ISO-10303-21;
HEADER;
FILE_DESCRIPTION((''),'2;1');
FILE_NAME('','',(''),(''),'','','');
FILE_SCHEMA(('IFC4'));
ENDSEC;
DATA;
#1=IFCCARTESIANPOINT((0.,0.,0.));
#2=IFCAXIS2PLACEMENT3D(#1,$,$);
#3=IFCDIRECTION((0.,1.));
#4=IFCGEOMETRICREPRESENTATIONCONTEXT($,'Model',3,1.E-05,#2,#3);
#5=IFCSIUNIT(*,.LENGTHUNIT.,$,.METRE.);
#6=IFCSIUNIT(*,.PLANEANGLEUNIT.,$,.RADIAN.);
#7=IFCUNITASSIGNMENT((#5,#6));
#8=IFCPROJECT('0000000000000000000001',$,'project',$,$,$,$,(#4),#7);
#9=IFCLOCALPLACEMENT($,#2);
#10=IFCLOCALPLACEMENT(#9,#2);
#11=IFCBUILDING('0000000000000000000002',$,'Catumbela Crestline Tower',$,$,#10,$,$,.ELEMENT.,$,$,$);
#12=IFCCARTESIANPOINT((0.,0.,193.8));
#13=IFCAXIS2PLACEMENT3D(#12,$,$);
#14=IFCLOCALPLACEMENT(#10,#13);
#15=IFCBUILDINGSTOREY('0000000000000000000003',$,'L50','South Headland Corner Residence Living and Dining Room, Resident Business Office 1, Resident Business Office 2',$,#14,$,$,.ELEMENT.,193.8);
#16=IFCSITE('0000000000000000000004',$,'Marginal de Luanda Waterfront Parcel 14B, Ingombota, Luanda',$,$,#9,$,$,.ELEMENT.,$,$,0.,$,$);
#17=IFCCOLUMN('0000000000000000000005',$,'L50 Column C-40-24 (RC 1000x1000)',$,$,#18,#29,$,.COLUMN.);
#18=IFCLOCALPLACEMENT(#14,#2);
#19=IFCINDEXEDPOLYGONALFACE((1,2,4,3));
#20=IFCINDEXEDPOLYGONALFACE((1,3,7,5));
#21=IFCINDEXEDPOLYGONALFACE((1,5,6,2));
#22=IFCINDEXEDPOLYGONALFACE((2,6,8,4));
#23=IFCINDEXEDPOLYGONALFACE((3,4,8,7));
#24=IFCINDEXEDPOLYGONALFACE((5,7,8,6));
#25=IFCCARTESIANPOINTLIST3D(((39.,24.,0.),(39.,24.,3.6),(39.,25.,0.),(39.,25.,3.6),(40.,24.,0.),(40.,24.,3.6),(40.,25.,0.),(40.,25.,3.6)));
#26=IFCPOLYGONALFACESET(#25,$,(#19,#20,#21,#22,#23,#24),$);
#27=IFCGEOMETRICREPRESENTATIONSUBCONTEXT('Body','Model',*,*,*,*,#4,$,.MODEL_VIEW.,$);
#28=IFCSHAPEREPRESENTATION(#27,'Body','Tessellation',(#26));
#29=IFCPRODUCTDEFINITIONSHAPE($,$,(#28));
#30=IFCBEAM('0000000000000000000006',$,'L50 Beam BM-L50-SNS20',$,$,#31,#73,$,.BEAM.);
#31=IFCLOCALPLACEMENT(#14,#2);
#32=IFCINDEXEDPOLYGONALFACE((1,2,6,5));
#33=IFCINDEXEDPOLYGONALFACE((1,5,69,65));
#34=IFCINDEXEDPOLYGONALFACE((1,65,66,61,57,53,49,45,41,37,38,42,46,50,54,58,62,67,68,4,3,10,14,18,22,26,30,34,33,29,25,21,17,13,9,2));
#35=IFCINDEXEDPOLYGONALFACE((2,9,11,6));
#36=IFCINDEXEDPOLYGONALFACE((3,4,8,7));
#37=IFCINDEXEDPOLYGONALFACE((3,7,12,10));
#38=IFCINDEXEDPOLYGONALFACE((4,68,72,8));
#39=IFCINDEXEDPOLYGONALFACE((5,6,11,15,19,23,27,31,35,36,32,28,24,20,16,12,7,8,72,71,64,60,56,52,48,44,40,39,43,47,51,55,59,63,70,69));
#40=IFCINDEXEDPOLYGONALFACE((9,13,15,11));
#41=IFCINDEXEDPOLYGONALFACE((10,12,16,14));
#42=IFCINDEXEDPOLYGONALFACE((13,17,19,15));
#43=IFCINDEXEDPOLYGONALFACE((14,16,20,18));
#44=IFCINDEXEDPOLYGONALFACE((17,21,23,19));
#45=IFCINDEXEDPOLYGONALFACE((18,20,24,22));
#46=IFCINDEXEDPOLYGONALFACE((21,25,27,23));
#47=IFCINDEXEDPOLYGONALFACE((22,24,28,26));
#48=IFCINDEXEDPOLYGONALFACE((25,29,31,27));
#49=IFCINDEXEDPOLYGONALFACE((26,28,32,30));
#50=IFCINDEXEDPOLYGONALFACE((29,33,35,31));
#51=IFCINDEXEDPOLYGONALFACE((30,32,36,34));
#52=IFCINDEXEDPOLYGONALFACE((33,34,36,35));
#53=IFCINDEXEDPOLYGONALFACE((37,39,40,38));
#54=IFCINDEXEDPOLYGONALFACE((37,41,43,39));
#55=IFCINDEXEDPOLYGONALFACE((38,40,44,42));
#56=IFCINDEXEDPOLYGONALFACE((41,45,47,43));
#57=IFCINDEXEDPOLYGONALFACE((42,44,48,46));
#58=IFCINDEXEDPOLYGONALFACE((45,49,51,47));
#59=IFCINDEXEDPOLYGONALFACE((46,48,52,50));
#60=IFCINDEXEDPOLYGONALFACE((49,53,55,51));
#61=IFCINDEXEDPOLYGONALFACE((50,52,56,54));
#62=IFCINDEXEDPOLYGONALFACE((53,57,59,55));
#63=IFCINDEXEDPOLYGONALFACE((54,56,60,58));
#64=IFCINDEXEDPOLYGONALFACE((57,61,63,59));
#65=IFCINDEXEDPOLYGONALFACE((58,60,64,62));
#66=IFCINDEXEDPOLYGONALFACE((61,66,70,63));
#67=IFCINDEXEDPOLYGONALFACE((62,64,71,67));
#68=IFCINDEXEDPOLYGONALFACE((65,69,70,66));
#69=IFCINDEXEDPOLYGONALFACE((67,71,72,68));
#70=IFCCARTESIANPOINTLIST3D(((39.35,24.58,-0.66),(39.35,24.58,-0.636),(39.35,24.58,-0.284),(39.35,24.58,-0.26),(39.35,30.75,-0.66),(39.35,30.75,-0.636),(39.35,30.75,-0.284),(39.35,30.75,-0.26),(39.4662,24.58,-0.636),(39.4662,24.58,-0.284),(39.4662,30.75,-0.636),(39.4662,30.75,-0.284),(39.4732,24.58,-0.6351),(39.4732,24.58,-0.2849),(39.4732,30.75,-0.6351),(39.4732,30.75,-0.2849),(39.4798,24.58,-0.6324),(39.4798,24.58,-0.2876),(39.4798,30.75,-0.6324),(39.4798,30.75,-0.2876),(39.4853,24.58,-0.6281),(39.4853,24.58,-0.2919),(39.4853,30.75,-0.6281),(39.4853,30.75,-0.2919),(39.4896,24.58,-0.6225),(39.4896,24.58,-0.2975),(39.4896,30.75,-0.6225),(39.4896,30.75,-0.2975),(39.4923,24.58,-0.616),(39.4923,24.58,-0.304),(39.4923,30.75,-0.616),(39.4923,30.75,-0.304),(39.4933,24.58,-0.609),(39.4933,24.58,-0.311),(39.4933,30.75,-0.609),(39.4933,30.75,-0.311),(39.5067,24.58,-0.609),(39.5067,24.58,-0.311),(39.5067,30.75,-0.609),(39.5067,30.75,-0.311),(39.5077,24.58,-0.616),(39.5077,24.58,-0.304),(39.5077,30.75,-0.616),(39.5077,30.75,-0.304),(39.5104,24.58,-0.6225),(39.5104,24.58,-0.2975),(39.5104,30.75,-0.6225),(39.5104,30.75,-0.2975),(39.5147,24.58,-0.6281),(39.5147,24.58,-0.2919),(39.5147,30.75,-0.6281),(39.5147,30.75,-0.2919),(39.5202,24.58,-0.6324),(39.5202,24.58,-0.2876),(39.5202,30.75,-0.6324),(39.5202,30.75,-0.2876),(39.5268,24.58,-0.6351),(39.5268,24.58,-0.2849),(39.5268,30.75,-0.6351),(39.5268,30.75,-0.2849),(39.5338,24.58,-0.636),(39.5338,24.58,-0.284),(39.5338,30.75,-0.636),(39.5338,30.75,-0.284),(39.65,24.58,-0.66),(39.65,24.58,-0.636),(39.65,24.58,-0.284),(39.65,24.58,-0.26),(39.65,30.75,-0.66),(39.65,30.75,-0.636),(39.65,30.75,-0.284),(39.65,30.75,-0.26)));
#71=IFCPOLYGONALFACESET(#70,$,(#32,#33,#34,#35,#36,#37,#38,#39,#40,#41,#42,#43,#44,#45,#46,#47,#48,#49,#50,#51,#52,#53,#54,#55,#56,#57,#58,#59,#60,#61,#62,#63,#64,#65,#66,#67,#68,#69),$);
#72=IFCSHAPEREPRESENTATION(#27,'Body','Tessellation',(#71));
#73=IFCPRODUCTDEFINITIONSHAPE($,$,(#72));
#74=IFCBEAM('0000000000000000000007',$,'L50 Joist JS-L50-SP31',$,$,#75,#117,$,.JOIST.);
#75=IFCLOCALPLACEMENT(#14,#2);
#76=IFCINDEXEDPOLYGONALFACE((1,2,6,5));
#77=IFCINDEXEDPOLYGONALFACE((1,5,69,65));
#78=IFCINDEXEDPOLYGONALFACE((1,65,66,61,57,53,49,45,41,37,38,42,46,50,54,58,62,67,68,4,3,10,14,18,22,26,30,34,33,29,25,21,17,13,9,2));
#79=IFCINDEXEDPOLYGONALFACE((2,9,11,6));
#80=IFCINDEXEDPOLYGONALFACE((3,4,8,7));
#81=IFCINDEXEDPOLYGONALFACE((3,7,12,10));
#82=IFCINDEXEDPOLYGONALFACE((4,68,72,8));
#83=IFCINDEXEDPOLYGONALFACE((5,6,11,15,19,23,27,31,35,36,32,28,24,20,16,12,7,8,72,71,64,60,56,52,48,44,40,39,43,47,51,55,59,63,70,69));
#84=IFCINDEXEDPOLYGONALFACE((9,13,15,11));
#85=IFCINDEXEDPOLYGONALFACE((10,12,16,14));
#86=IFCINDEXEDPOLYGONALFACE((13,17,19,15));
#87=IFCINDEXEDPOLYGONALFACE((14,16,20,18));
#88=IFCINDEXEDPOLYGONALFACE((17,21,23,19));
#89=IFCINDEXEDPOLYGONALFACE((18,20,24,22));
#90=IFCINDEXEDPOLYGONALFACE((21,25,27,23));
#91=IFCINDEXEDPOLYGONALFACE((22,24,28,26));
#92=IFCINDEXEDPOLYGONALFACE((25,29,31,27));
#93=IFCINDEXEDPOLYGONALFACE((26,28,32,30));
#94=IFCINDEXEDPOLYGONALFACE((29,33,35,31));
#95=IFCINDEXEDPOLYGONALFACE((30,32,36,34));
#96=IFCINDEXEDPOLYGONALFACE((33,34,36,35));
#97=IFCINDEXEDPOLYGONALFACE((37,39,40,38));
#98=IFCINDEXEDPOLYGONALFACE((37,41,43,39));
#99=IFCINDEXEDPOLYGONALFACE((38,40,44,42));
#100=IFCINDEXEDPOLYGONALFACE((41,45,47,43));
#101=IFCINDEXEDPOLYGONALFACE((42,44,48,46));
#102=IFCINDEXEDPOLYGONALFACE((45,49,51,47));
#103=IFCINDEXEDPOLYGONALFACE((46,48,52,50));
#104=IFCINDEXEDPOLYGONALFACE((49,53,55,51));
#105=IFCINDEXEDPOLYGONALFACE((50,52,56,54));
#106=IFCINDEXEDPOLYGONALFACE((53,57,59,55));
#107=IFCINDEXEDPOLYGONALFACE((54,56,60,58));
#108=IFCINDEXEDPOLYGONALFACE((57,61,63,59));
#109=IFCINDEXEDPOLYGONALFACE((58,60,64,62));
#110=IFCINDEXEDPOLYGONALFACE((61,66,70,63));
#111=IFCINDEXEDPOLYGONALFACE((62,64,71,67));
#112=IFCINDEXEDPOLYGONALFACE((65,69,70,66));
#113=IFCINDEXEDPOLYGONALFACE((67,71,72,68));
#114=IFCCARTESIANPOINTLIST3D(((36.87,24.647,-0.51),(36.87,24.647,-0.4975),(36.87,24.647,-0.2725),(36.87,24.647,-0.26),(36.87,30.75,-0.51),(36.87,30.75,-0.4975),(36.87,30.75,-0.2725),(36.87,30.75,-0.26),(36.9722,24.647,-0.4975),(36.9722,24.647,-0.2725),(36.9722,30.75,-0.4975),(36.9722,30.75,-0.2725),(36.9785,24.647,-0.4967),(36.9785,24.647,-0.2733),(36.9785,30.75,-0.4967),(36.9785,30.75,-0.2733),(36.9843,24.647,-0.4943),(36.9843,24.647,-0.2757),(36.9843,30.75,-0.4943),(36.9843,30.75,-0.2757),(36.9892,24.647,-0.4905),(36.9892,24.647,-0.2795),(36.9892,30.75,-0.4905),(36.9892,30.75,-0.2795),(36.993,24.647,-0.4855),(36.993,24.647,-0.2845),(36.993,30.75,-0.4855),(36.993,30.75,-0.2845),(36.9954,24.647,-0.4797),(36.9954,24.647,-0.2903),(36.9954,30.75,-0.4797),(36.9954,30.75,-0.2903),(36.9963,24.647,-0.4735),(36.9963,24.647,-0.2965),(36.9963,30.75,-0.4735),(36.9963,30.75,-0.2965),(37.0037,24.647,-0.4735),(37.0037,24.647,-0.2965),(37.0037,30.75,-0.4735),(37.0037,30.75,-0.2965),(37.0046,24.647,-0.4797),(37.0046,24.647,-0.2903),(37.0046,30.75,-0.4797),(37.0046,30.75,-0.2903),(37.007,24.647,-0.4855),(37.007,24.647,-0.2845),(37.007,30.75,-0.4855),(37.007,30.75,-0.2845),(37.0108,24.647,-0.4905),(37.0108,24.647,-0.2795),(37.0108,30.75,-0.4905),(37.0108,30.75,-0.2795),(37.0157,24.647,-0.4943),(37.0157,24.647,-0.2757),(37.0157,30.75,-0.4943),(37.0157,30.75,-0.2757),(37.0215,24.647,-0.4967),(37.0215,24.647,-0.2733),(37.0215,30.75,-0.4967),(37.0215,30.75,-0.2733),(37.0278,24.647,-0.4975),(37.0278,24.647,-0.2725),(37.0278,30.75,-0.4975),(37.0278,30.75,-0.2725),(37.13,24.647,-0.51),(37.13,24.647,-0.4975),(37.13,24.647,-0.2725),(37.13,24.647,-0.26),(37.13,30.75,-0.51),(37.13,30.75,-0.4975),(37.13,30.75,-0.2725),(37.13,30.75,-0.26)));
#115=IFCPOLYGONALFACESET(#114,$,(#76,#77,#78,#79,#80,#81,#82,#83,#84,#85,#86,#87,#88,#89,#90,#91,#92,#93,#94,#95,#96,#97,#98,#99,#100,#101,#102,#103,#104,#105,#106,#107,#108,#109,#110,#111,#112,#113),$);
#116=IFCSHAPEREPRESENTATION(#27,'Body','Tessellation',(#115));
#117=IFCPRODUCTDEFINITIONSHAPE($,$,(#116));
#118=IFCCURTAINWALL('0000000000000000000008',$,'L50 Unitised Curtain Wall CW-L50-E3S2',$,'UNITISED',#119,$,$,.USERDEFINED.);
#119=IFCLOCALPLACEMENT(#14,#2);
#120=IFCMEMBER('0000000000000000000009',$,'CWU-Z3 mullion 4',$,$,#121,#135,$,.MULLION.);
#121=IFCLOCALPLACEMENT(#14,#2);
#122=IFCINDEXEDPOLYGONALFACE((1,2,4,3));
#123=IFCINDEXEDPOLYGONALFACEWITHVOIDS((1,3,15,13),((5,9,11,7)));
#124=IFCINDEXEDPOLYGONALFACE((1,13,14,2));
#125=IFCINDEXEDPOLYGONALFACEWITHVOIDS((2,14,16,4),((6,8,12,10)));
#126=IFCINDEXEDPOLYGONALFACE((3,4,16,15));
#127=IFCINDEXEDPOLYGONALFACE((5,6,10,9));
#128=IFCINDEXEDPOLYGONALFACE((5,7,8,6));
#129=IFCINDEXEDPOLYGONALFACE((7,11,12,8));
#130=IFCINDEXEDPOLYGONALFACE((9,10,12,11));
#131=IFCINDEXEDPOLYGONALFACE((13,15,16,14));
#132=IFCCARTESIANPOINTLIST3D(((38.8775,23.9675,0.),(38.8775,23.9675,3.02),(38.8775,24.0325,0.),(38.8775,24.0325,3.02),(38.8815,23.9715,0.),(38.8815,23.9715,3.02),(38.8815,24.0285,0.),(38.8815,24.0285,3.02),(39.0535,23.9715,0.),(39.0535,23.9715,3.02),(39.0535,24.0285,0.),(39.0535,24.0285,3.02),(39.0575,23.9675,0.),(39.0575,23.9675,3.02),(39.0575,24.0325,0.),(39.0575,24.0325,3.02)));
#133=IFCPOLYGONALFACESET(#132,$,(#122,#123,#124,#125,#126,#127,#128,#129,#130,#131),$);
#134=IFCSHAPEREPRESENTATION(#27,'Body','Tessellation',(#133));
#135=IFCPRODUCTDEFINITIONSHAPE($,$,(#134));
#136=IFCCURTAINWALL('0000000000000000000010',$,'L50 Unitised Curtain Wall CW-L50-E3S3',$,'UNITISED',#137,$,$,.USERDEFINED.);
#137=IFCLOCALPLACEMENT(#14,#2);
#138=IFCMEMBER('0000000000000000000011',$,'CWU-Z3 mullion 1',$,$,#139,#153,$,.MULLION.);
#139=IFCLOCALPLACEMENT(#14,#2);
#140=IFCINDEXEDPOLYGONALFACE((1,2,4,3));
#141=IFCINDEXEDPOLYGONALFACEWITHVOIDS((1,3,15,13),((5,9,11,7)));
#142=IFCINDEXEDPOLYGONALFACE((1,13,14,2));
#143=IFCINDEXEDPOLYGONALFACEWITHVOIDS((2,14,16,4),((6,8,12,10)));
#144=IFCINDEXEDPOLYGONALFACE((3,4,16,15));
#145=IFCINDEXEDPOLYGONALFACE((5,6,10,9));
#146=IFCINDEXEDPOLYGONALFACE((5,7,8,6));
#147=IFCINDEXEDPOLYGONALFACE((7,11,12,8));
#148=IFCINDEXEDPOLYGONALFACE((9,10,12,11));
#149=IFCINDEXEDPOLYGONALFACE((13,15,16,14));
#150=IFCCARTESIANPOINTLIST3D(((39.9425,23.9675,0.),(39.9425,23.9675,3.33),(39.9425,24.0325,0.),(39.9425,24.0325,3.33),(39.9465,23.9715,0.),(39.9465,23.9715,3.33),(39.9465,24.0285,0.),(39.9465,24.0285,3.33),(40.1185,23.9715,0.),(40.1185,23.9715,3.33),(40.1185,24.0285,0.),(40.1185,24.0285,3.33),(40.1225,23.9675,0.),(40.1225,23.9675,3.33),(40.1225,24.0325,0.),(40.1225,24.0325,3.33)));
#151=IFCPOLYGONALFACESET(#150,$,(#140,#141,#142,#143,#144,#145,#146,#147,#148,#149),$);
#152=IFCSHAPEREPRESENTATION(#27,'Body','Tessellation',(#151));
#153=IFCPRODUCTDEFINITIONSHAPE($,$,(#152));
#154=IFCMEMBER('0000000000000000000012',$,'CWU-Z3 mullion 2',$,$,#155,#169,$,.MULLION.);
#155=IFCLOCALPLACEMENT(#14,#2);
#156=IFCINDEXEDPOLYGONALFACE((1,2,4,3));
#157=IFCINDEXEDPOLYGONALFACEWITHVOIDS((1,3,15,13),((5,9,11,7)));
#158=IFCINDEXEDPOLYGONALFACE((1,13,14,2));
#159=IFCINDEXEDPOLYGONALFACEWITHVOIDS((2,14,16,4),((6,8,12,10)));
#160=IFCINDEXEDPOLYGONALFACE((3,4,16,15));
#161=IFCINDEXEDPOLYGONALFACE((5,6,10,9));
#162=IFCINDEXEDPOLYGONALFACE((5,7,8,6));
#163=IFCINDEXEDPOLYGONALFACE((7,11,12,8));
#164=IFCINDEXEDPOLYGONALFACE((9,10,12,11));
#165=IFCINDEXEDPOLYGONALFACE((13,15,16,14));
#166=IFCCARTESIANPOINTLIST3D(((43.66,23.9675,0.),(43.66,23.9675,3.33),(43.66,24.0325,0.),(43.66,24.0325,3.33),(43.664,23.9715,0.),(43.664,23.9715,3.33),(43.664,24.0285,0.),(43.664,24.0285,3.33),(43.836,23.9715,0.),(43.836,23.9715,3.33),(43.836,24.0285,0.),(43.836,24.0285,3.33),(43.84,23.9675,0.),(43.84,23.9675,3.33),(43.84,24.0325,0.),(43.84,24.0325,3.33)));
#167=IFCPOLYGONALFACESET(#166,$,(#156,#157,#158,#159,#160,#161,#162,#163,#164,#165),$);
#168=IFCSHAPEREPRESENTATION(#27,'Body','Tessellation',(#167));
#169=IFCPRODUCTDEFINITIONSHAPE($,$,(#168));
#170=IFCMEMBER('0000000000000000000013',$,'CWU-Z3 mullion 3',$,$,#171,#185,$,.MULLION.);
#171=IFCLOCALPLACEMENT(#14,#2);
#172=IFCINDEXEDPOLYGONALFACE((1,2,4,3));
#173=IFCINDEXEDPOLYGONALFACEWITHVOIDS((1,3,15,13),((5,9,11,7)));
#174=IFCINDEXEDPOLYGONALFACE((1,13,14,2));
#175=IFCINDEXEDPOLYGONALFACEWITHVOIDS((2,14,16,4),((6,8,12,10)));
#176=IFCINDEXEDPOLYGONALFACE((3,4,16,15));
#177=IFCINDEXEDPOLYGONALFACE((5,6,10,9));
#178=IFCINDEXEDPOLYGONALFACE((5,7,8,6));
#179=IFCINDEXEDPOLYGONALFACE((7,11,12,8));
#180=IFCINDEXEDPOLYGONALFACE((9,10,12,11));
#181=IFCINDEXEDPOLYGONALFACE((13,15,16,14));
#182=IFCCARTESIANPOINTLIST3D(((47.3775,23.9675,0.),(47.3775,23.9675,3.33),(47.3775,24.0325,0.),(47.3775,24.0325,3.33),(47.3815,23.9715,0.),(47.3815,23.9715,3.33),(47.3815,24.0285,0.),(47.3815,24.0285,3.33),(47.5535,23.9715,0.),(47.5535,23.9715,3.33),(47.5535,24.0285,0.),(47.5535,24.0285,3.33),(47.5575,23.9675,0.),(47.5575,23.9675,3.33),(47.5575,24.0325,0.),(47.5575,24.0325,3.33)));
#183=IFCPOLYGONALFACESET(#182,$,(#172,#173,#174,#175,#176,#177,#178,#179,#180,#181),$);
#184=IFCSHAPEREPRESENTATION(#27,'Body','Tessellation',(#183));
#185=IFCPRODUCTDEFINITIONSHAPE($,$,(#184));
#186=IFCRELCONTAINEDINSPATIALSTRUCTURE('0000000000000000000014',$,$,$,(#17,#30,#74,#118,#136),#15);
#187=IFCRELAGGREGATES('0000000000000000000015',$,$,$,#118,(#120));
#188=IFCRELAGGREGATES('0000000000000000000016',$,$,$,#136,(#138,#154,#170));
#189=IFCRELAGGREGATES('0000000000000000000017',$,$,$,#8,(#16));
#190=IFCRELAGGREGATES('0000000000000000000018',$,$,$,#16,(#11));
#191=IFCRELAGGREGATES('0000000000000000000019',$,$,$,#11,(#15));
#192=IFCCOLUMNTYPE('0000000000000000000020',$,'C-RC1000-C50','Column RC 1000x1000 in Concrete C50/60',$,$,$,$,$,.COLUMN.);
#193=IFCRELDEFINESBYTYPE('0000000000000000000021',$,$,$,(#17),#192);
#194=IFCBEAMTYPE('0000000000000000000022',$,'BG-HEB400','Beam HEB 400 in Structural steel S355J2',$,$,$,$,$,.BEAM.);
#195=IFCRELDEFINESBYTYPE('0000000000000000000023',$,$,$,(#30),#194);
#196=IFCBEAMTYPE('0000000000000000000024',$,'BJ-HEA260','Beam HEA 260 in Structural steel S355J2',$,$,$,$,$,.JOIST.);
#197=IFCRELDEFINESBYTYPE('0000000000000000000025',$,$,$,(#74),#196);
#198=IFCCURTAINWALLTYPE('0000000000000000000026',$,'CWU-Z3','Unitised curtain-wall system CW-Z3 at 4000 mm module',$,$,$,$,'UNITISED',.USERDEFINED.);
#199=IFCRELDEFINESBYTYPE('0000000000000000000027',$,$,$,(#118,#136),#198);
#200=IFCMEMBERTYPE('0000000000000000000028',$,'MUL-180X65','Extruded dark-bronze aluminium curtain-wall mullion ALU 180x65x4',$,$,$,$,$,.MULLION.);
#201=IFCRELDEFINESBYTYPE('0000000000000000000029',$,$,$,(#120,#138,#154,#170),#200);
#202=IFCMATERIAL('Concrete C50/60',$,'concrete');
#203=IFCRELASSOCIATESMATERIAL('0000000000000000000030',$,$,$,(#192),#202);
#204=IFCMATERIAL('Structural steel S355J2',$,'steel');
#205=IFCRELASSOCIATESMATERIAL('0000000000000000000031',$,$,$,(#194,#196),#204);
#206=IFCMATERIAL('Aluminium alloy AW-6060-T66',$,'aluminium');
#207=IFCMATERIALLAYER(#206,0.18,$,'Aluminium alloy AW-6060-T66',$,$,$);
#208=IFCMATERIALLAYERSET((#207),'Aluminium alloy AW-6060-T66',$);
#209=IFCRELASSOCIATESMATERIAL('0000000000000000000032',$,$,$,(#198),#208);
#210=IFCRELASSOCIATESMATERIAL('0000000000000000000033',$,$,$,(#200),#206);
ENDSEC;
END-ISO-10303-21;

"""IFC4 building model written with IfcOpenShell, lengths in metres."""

from ifc_helpers import new_model, si_unit, direction, frame, origin, origin_2d, place, context, subcontext, project, spatial, rectangle, hollow_rectangle, i_section, extrude, material, layer, layer_set, material_profile, profile_set, type_object, element, aggregate, save


model = new_model("IFC4")

# Units and contexts
model_context = context("Model", 3, precision=1e-05, world=origin(), true_north=direction((0.0, 1.0)))
body_context = subcontext(model_context, "Body", "Model", "MODEL_VIEW")
ifc_project = project(units=[si_unit("LENGTHUNIT", "METRE"), si_unit("PLANEANGLEUNIT", "RADIAN")], contexts=[model_context])

# Site, building, storey
site_placement = place(None, origin())
site = spatial("IfcSite", under=ifc_project, at=site_placement, Name="Marginal de Luanda Waterfront Parcel 14B, Ingombota, Luanda", CompositionType="ELEMENT", RefElevation=0.0)
building_placement = place(site_placement, origin())
building = spatial("IfcBuilding", under=site, at=building_placement, Name="Catumbela Crestline Tower", CompositionType="ELEMENT")
storey_placement = place(building_placement, frame((0.0, 0.0, 193.8)))
storey = spatial("IfcBuildingStorey", under=building, at=storey_placement, Name="L50", Description="South Headland Corner Residence Living and Dining Room, Resident Business Office 1, Resident Business Office 2", CompositionType="ELEMENT", Elevation=193.8)

# Column
ifc_material_1 = material(Name="Concrete C50/60", Category="concrete")
ifc_material_profile_1 = material_profile(ifc_material_1, rectangle(XDim=1.0, YDim=1.0, at=origin_2d()), Name="RC 1000x1000")
ifc_profile_set_1 = profile_set([ifc_material_profile_1], Name="Concrete C50/60")
column_type = type_object("IfcColumnType", Name="C-RC1000-C50", Description="Column RC 1000x1000 in Concrete C50/60", PredefinedType="COLUMN", material=ifc_profile_set_1)
column_placement = place(storey_placement, frame((39.5, 24.5, 0.0), z_axis=(0.0, 0.0, 1.0), x_axis=(1.0, 0.0, 0.0)))
element("IfcColumn", 1, at=column_placement, inside=storey, type_object=column_type, Name="L50 Column C-40-24 (RC 1000x1000)", PredefinedType="COLUMN", context=body_context, shape_type="SweptSolid", body=[
    extrude(rectangle(XDim=1.0, YDim=1.0, at=origin_2d()), origin(), (0.0, 0.0, 1.0), 3.6),
])

# Beams
ifc_material_2 = material(Name="Structural steel S355J2", Category="steel")
ifc_material_profile_2 = material_profile(ifc_material_2, i_section(OverallWidth=0.3, OverallDepth=0.4, WebThickness=0.0135, FlangeThickness=0.024, FilletRadius=0.027, at=origin_2d()), Name="HEB 400")
ifc_profile_set_2 = profile_set([ifc_material_profile_2], Name="Structural steel S355J2")
beam_type_1 = type_object("IfcBeamType", Name="BG-HEB400", Description="Beam HEB 400 in Structural steel S355J2", PredefinedType="BEAM", material=ifc_profile_set_2)
beam_1_placement = place(storey_placement, frame((39.5, 24.58, -0.46), z_axis=(0.0, 1.0, 0.0), x_axis=(-1.0, 0.0, 0.0)))
element("IfcBeam", 2, at=beam_1_placement, inside=storey, type_object=beam_type_1, Name="L50 Beam BM-L50-SNS20", PredefinedType="BEAM", context=body_context, shape_type="SweptSolid", body=[
    extrude(i_section(OverallWidth=0.3, OverallDepth=0.4, WebThickness=0.0135, FlangeThickness=0.024, FilletRadius=0.027, at=origin_2d()), origin(), (0.0, 0.0, 1.0), 6.17),
])
ifc_material_profile_3 = material_profile(ifc_material_2, i_section(OverallWidth=0.26, OverallDepth=0.25, WebThickness=0.0075, FlangeThickness=0.0125, FilletRadius=0.024, at=origin_2d()), Name="HEA 260")
ifc_profile_set_3 = profile_set([ifc_material_profile_3], Name="Structural steel S355J2")
beam_type_2 = type_object("IfcBeamType", Name="BJ-HEA260", Description="Beam HEA 260 in Structural steel S355J2", PredefinedType="JOIST", material=ifc_profile_set_3)
beam_2_placement = place(storey_placement, frame((37.0, 24.647, -0.385), z_axis=(0.0, 1.0, 0.0), x_axis=(-1.0, 0.0, 0.0)))
element("IfcBeam", 3, at=beam_2_placement, inside=storey, type_object=beam_type_2, Name="L50 Joist JS-L50-SP31", PredefinedType="JOIST", context=body_context, shape_type="SweptSolid", body=[
    extrude(i_section(OverallWidth=0.26, OverallDepth=0.25, WebThickness=0.0075, FlangeThickness=0.0125, FilletRadius=0.024, at=origin_2d()), origin(), (0.0, 0.0, 1.0), 6.103),
])

# Curtain wall, member
ifc_material_3 = material(Name="Aluminium alloy AW-6060-T66", Category="aluminium")
ifc_layer_1 = layer(ifc_material_3, 0.18, Name="Aluminium alloy AW-6060-T66")
ifc_layer_set_1 = layer_set([ifc_layer_1], Name="Aluminium alloy AW-6060-T66")
curtain_wall_type = type_object("IfcCurtainWallType", Name="CWU-Z3", Description="Unitised curtain-wall system CW-Z3 at 4000 mm module", ElementType="UNITISED", PredefinedType="USERDEFINED", material=ifc_layer_set_1)
curtain_wall_1_placement = place(storey_placement, origin())
curtain_wall_1 = element("IfcCurtainWall", 4, at=curtain_wall_1_placement, inside=storey, type_object=curtain_wall_type, Name="L50 Unitised Curtain Wall CW-L50-E3S2", ObjectType="UNITISED", PredefinedType="USERDEFINED")
ifc_material_profile_4 = material_profile(ifc_material_3, hollow_rectangle(XDim=0.065, YDim=0.18, WallThickness=0.004, at=origin_2d()), Name="ALU 180x65x4")
ifc_profile_set_4 = profile_set([ifc_material_profile_4], Name="Aluminium alloy AW-6060-T66")
member_type_1 = type_object("IfcMemberType", Name="MUL-180X65", Description="Extruded dark-bronze aluminium curtain-wall mullion ALU 180x65x4", PredefinedType="MULLION", material=ifc_profile_set_4)
member_1_placement = place(storey_placement, frame((38.9675, 24.0, 0.0), z_axis=(0.0, 0.0, 1.0), x_axis=(0.0, 1.0, 0.0)))
member_1 = element("IfcMember", 5, at=member_1_placement, type_object=member_type_1, Name="CWU-Z3 mullion 4", PredefinedType="MULLION", context=body_context, shape_type="SweptSolid", body=[
    extrude(hollow_rectangle(XDim=0.065, YDim=0.18, WallThickness=0.004, at=origin_2d()), origin(), (0.0, 0.0, 1.0), 3.02),
])

# Curtain wall, members
curtain_wall_2_placement = place(storey_placement, origin())
curtain_wall_2 = element("IfcCurtainWall", 6, at=curtain_wall_2_placement, inside=storey, type_object=curtain_wall_type, Name="L50 Unitised Curtain Wall CW-L50-E3S3", ObjectType="UNITISED", PredefinedType="USERDEFINED")
member_2_placement = place(storey_placement, frame((40.0325, 24.0, 0.0), z_axis=(0.0, 0.0, 1.0), x_axis=(0.0, 1.0, 0.0)))
member_2 = element("IfcMember", 7, at=member_2_placement, type_object=member_type_1, Name="CWU-Z3 mullion 1", PredefinedType="MULLION", context=body_context, shape_type="SweptSolid", body=[
    extrude(hollow_rectangle(XDim=0.065, YDim=0.18, WallThickness=0.004, at=origin_2d()), origin(), (0.0, 0.0, 1.0), 3.33),
])
member_3_placement = place(storey_placement, frame((43.75, 24.0, 0.0), z_axis=(0.0, 0.0, 1.0), x_axis=(0.0, 1.0, 0.0)))
member_3 = element("IfcMember", 8, at=member_3_placement, type_object=member_type_1, Name="CWU-Z3 mullion 2", PredefinedType="MULLION", context=body_context, shape_type="SweptSolid", body=[
    extrude(hollow_rectangle(XDim=0.065, YDim=0.18, WallThickness=0.004, at=origin_2d()), origin(), (0.0, 0.0, 1.0), 3.33),
])
member_4_placement = place(storey_placement, frame((47.4675, 24.0, 0.0), z_axis=(0.0, 0.0, 1.0), x_axis=(0.0, 1.0, 0.0)))
member_4 = element("IfcMember", 9, at=member_4_placement, type_object=member_type_1, Name="CWU-Z3 mullion 3", PredefinedType="MULLION", context=body_context, shape_type="SweptSolid", body=[
    extrude(hollow_rectangle(XDim=0.065, YDim=0.18, WallThickness=0.004, at=origin_2d()), origin(), (0.0, 0.0, 1.0), 3.33),
])

aggregate(curtain_wall_1, [member_1])
aggregate(curtain_wall_2, [member_2, member_3, member_4])

save(model, "model.ifc")
